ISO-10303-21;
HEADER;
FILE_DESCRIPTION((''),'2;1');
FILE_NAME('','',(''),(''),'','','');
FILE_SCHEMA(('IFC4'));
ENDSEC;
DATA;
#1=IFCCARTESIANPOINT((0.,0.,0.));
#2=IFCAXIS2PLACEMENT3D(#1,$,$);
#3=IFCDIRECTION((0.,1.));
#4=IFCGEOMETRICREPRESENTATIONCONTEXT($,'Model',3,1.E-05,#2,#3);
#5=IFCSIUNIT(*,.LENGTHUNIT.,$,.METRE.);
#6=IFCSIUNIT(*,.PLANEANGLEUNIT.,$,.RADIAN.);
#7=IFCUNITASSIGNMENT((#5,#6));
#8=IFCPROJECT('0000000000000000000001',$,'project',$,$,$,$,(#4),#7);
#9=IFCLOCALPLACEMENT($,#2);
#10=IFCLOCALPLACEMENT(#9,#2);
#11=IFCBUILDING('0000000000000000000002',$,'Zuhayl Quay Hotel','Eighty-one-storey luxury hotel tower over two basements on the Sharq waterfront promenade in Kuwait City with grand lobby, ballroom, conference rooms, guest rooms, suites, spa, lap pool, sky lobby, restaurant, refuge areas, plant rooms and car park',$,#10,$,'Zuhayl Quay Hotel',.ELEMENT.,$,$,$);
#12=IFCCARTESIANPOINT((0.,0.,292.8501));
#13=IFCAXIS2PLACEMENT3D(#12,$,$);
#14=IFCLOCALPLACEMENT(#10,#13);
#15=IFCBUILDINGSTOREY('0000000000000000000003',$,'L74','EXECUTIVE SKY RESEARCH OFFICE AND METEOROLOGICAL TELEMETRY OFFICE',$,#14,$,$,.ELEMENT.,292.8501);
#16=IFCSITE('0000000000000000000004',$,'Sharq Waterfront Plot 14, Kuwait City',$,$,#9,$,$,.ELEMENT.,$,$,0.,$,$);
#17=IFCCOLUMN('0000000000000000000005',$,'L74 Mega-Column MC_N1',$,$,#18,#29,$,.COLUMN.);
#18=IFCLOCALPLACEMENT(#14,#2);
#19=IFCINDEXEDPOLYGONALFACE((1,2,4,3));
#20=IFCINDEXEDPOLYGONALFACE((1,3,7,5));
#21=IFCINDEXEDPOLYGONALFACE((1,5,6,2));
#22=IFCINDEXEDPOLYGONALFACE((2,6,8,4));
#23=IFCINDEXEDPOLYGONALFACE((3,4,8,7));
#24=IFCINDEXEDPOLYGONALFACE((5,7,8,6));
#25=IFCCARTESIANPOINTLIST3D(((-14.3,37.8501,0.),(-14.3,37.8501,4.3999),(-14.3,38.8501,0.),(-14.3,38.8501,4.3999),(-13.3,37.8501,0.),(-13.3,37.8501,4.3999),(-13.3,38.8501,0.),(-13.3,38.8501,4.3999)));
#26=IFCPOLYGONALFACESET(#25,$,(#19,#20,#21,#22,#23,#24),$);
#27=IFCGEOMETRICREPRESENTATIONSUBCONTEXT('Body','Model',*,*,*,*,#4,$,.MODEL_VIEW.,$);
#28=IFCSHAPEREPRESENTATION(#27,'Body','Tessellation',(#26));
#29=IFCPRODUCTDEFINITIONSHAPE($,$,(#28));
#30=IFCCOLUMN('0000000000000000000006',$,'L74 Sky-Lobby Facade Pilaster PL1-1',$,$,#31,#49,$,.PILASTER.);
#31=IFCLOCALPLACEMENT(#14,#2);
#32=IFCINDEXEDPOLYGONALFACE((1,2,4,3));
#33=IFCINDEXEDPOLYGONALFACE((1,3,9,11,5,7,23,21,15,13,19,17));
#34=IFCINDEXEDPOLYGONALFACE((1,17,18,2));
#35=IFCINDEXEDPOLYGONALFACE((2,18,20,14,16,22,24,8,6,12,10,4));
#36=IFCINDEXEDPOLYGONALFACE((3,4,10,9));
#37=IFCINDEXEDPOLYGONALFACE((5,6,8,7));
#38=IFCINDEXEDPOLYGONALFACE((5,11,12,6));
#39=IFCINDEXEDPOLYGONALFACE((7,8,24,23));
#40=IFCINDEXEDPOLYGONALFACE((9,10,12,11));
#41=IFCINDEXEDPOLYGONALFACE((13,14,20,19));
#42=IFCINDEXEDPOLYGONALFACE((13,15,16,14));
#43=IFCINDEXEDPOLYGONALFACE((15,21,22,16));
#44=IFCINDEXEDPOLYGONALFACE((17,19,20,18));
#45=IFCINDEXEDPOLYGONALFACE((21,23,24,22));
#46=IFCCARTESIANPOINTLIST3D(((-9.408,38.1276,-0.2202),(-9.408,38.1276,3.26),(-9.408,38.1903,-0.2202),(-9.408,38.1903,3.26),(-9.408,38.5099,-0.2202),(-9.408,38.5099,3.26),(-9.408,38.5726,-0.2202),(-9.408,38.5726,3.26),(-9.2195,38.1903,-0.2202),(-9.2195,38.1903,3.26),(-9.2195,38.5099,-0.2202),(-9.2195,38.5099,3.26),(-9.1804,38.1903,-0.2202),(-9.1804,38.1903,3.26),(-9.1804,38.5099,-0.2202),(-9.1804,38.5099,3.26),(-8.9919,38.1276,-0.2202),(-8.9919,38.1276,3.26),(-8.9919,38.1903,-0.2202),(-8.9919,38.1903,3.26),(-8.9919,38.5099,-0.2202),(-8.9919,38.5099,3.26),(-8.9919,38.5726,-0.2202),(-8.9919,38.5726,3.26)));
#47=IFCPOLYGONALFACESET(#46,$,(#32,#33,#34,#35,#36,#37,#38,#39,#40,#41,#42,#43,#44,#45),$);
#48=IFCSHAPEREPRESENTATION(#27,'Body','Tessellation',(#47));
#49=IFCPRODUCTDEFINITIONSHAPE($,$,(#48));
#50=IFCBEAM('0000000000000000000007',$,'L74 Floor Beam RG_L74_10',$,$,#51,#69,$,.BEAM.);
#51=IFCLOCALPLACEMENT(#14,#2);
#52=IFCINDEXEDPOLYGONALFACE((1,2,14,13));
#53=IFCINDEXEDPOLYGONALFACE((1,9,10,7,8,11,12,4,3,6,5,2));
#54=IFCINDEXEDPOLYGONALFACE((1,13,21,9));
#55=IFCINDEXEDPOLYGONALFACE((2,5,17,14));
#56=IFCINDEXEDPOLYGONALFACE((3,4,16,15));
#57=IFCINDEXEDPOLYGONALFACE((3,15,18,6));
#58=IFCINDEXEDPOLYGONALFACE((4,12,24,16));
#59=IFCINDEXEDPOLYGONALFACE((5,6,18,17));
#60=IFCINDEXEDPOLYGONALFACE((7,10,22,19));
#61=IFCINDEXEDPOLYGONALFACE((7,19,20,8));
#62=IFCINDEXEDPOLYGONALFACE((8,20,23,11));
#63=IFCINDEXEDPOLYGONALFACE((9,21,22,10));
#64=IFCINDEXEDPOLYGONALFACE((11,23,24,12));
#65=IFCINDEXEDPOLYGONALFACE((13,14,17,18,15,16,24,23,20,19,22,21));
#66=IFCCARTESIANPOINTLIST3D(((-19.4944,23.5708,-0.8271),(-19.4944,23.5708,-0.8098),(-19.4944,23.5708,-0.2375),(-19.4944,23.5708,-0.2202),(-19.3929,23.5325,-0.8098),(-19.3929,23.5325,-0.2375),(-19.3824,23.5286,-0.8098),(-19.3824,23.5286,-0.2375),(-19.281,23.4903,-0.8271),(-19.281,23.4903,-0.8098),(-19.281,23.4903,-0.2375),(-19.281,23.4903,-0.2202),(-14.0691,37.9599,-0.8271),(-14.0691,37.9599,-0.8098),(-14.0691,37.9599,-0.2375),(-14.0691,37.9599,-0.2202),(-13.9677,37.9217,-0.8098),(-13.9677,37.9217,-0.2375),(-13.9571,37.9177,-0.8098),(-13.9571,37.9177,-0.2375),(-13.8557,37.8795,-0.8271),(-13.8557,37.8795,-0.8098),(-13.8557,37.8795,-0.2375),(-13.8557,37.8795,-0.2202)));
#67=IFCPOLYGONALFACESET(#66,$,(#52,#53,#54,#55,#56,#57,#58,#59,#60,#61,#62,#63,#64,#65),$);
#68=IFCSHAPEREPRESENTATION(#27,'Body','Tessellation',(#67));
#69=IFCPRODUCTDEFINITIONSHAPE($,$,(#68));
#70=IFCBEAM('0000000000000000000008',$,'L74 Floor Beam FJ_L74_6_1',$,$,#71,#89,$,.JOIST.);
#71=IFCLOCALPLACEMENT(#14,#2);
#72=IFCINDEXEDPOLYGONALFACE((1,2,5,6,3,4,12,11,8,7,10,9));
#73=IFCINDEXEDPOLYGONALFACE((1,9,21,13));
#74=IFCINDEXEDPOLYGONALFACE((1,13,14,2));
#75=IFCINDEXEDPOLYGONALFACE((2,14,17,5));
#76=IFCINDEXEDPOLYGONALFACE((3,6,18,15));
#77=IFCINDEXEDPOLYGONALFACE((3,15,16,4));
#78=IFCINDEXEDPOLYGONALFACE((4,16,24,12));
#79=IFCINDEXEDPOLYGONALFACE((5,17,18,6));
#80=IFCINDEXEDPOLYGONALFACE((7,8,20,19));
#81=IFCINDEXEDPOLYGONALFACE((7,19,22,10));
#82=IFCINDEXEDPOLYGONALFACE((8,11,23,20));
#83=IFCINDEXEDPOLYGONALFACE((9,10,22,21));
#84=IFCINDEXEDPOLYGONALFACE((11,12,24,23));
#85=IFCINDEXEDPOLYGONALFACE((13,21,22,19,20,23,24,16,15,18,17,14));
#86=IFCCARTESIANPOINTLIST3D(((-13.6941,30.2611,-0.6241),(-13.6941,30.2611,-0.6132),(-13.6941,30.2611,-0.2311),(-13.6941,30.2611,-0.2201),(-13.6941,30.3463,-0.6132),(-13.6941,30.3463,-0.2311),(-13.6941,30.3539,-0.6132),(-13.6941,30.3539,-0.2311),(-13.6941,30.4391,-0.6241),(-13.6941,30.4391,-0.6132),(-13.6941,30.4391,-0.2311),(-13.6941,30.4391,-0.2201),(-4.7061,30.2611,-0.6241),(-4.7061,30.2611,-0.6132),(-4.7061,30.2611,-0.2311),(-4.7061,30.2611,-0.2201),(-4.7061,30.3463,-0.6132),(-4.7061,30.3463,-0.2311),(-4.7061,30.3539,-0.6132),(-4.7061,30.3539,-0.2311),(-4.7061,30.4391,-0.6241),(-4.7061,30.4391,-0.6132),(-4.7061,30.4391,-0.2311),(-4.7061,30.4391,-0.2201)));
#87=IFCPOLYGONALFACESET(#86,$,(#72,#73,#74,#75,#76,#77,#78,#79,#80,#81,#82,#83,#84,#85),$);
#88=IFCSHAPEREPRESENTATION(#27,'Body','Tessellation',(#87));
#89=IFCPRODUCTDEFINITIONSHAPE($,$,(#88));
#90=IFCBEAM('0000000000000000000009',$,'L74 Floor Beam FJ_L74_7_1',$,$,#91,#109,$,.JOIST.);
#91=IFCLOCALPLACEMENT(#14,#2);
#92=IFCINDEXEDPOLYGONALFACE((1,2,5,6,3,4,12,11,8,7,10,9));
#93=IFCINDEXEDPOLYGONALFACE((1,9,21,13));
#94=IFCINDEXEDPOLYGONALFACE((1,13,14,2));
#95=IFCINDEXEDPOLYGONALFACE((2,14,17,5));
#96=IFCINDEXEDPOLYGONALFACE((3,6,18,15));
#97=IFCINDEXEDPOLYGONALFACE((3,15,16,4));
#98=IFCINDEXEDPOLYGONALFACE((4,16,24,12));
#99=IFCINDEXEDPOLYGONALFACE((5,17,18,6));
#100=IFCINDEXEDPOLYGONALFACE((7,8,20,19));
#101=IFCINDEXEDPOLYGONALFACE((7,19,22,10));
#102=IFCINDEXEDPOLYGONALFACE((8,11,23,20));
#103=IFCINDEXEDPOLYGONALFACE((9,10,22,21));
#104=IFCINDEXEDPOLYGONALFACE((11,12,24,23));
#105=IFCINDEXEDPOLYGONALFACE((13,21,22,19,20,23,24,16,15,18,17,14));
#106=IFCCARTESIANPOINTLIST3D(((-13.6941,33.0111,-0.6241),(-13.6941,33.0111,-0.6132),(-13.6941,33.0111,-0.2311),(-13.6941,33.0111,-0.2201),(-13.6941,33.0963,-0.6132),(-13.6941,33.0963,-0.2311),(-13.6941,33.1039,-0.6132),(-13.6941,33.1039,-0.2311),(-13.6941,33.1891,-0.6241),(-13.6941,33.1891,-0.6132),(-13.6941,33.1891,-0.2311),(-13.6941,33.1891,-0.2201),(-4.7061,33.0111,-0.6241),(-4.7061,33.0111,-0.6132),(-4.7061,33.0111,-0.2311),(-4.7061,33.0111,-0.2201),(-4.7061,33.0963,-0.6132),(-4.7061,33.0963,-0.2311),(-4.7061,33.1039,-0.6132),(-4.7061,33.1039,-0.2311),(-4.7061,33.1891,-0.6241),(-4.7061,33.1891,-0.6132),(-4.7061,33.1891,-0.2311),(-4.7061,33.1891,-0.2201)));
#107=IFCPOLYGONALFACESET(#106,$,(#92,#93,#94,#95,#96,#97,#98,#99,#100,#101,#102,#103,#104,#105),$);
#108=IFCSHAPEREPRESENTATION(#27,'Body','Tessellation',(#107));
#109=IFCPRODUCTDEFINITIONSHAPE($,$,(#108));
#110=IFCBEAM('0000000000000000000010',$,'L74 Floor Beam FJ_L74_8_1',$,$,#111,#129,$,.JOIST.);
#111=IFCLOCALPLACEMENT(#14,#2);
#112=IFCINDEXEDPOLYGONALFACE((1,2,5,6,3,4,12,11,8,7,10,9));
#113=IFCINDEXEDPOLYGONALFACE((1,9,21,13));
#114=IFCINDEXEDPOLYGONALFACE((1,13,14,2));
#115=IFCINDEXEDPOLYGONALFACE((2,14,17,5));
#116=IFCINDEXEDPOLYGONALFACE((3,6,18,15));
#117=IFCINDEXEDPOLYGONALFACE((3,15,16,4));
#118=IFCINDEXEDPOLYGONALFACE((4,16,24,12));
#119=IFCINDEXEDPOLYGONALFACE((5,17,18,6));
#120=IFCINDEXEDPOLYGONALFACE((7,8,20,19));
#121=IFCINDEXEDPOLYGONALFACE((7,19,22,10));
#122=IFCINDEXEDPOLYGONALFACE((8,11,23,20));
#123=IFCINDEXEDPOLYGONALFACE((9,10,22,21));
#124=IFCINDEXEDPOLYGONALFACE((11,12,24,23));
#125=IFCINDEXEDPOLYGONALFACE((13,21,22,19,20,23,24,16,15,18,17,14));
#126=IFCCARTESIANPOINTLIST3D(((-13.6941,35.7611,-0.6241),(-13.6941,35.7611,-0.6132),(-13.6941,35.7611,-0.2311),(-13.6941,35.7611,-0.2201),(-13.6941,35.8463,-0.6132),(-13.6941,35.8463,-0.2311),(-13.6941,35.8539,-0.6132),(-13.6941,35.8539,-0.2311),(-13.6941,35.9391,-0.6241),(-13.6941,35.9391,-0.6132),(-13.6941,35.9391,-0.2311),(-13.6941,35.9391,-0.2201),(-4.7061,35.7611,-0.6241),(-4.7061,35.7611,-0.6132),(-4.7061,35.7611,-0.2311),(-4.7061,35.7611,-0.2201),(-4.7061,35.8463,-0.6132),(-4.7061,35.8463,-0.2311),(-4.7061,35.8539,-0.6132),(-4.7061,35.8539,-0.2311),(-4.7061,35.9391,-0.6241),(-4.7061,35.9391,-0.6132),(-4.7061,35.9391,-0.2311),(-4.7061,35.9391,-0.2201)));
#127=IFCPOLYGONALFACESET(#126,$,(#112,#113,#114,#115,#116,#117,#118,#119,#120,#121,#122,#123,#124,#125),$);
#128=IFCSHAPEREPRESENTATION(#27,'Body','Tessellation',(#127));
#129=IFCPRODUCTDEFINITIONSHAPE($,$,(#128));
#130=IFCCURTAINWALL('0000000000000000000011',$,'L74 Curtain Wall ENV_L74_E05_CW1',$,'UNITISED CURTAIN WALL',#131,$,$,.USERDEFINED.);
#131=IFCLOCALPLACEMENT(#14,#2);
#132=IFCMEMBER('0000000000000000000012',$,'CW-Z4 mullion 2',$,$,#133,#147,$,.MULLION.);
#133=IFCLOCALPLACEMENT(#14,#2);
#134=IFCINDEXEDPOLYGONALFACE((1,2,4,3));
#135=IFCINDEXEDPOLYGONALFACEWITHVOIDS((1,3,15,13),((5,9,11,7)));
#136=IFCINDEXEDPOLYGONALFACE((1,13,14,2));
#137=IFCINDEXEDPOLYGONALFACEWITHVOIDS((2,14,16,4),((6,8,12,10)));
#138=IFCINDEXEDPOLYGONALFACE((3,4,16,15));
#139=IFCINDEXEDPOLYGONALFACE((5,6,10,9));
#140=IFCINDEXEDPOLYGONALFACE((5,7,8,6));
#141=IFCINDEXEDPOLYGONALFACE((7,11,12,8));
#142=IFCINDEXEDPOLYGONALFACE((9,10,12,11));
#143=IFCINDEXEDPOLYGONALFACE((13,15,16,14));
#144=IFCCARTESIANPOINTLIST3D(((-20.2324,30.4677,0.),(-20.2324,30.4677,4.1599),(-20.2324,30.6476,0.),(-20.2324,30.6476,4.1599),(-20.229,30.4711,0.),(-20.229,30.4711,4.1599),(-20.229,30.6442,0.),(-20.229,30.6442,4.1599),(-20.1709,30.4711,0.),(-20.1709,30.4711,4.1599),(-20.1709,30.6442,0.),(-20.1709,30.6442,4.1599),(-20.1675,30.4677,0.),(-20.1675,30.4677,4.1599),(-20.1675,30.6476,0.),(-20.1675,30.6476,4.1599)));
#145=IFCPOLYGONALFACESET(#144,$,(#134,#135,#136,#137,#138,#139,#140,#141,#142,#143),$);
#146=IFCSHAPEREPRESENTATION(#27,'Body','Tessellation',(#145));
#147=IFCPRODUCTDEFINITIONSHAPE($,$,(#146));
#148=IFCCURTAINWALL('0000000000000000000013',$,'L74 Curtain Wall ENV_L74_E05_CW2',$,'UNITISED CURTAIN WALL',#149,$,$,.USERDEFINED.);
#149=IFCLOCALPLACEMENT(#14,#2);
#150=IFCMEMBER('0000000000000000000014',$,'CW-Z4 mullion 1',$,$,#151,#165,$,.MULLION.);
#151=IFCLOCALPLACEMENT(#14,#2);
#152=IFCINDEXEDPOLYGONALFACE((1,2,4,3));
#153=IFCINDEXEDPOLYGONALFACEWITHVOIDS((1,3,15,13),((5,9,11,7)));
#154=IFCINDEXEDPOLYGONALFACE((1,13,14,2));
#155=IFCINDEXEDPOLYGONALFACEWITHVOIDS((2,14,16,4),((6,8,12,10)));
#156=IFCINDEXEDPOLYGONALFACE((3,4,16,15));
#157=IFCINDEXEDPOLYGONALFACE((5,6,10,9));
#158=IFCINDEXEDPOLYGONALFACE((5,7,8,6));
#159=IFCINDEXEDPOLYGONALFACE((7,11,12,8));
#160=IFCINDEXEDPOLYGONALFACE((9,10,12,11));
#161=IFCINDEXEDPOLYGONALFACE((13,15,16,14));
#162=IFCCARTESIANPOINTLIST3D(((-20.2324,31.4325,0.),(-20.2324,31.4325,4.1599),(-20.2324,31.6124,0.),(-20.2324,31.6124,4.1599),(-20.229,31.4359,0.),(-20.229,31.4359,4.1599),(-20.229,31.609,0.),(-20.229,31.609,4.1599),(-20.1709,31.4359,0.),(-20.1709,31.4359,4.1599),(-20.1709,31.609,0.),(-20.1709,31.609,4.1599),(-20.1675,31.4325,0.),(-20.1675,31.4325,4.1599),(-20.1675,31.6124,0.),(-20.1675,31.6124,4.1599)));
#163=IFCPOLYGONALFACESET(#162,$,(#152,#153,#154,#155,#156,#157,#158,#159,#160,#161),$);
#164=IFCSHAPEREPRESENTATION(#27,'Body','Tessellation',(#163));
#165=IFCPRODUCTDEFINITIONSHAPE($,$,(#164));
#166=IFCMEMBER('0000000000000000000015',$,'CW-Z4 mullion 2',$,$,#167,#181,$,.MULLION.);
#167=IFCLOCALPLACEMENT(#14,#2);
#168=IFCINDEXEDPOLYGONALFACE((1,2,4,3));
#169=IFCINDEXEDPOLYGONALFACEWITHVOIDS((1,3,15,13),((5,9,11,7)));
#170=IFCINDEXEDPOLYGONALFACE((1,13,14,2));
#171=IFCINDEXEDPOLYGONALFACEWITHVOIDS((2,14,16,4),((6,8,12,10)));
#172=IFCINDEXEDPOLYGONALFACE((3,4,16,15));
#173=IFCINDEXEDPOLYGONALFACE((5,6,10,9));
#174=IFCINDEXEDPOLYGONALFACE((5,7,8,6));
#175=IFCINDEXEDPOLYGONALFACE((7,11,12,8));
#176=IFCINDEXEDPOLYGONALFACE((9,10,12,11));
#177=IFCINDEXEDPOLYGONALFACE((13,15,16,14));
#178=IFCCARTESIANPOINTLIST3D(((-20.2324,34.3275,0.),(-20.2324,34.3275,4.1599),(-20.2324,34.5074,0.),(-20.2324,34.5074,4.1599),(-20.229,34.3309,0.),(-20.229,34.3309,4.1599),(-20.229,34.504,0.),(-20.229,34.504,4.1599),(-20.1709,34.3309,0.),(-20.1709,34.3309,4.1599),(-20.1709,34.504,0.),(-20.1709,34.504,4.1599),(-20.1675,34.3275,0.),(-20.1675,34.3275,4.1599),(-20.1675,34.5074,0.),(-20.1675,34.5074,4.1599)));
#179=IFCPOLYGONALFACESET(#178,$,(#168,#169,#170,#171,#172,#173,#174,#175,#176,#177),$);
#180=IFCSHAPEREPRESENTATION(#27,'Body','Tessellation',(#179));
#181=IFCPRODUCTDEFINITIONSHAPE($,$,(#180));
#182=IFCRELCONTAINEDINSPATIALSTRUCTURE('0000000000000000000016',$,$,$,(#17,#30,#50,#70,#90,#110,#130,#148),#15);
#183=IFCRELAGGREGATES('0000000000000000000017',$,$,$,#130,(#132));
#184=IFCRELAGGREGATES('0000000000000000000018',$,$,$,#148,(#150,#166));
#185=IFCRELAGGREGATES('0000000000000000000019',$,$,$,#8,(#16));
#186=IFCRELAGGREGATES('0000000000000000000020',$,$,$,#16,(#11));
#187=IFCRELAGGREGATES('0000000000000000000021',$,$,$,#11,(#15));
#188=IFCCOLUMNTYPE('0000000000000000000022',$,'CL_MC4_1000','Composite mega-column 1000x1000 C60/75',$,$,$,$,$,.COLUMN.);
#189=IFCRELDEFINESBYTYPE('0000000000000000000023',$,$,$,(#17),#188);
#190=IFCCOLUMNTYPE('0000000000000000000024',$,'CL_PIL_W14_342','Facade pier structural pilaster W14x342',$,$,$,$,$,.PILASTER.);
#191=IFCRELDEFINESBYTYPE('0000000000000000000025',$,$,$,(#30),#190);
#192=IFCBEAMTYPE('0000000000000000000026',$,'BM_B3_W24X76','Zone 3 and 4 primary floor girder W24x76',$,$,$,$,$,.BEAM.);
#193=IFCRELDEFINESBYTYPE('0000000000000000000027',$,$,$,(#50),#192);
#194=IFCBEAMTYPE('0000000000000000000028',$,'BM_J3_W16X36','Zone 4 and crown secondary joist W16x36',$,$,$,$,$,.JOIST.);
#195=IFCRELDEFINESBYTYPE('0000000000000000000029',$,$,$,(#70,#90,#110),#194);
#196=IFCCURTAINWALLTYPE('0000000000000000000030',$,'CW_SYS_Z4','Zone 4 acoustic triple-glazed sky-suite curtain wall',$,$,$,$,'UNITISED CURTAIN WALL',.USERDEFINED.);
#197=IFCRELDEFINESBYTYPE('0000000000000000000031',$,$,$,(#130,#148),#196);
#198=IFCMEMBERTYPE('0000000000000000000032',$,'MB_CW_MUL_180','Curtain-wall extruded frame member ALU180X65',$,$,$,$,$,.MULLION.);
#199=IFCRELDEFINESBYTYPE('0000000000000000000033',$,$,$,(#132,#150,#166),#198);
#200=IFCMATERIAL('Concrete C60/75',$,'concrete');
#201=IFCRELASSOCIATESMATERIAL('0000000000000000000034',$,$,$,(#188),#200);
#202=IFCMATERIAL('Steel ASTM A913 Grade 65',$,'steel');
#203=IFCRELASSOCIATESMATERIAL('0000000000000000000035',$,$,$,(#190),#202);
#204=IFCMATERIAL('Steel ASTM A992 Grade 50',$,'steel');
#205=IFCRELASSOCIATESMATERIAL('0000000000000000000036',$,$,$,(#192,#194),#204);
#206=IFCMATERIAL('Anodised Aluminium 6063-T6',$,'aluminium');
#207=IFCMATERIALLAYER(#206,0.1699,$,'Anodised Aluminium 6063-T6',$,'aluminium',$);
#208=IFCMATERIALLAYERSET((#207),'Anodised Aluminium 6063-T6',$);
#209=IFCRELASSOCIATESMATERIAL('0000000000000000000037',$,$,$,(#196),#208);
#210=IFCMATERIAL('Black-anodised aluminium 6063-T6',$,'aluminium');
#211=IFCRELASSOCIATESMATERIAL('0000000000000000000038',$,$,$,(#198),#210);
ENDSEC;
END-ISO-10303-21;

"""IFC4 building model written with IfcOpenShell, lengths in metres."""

from ifc_helpers import new_model, si_unit, direction, frame, origin, origin_2d, place, context, subcontext, project, spatial, rectangle, hollow_rectangle, i_section, extrude, material, layer, layer_set, material_profile, profile_set, type_object, element, aggregate, save


model = new_model("IFC4")

# Units and contexts
model_context = context("Model", 3, precision=1e-05, world=origin(), true_north=direction((0.0, 1.0)))
body_context = subcontext(model_context, "Body", "Model", "MODEL_VIEW")
ifc_project = project(units=[si_unit("LENGTHUNIT", "METRE"), si_unit("PLANEANGLEUNIT", "RADIAN")], contexts=[model_context])

# Site, building, storey
site_placement = place(None, origin())
site = spatial("IfcSite", under=ifc_project, at=site_placement, Name="Sharq Waterfront Plot 14, Kuwait City", CompositionType="ELEMENT", RefElevation=0.0)
building_placement = place(site_placement, origin())
building = spatial("IfcBuilding", under=site, at=building_placement, Name="Zuhayl Quay Hotel", Description="Eighty-one-storey luxury hotel tower over two basements on the Sharq waterfront promenade in Kuwait City with grand lobby, ballroom, conference rooms, guest rooms, suites, spa, lap pool, sky lobby, restaurant, refuge areas, plant rooms and car park", LongName="Zuhayl Quay Hotel", CompositionType="ELEMENT")
storey_placement = place(building_placement, frame((0.0, 0.0, 292.8501)))
storey = spatial("IfcBuildingStorey", under=building, at=storey_placement, Name="L74", Description="EXECUTIVE SKY RESEARCH OFFICE AND METEOROLOGICAL TELEMETRY OFFICE", CompositionType="ELEMENT", Elevation=292.8501)

# Columns
ifc_material_1 = material(Name="Concrete C60/75", Category="concrete")
ifc_material_profile_1 = material_profile(ifc_material_1, rectangle(XDim=1.0, YDim=1.0, at=origin_2d()), Name="RC1000X1000")
ifc_profile_set_1 = profile_set([ifc_material_profile_1], Name="Concrete C60/75")
column_type_1 = type_object("IfcColumnType", Name="CL_MC4_1000", Description="Composite mega-column 1000x1000 C60/75", PredefinedType="COLUMN", material=ifc_profile_set_1)
column_1_placement = place(storey_placement, frame((-13.8, 38.3501, 0.0), z_axis=(0.0, 0.0, 1.0), x_axis=(1.0, 0.0, 0.0)))
element("IfcColumn", 1, at=column_1_placement, inside=storey, type_object=column_type_1, Name="L74 Mega-Column MC_N1", PredefinedType="COLUMN", context=body_context, shape_type="SweptSolid", body=[
    extrude(rectangle(XDim=1.0, YDim=1.0, at=origin_2d()), origin(), (0.0, 0.0, 1.0), 4.3999),
])
ifc_material_2 = material(Name="Steel ASTM A913 Grade 65", Category="steel")
ifc_material_profile_2 = material_profile(ifc_material_2, i_section(OverallWidth=0.416, OverallDepth=0.4451, WebThickness=0.0391, FlangeThickness=0.0627, at=origin_2d()), Name="W14X342")
ifc_profile_set_2 = profile_set([ifc_material_profile_2], Name="Steel ASTM A913 Grade 65")
column_type_2 = type_object("IfcColumnType", Name="CL_PIL_W14_342", Description="Facade pier structural pilaster W14x342", PredefinedType="PILASTER", material=ifc_profile_set_2)
column_2_placement = place(storey_placement, frame((-9.2, 38.3501, -0.2202), z_axis=(0.0, 0.0, 1.0), x_axis=(1.0, 0.0, 0.0)))
element("IfcColumn", 2, at=column_2_placement, inside=storey, type_object=column_type_2, Name="L74 Sky-Lobby Facade Pilaster PL1-1", PredefinedType="PILASTER", context=body_context, shape_type="SweptSolid", body=[
    extrude(i_section(OverallWidth=0.416, OverallDepth=0.4451, WebThickness=0.0391, FlangeThickness=0.0627, at=origin_2d()), origin(), (0.0, 0.0, 1.0), 3.4802),
])

# Beams
ifc_material_3 = material(Name="Steel ASTM A992 Grade 50", Category="steel")
ifc_material_profile_3 = material_profile(ifc_material_3, i_section(OverallWidth=0.228, OverallDepth=0.6069, WebThickness=0.0112, FlangeThickness=0.0173, at=origin_2d()), Name="W24X76")
ifc_profile_set_3 = profile_set([ifc_material_profile_3], Name="Steel ASTM A992 Grade 50")
beam_type_1 = type_object("IfcBeamType", Name="BM_B3_W24X76", Description="Zone 3 and 4 primary floor girder W24x76", PredefinedType="BEAM", material=ifc_profile_set_3)
beam_placement = place(storey_placement, frame((-13.9624, 37.9197, -0.5237), z_axis=(-0.352797, -0.9357, 0.0), x_axis=(0.9357, -0.352797, 0.0)))
element("IfcBeam", 3, at=beam_placement, inside=storey, type_object=beam_type_1, Name="L74 Floor Beam RG_L74_10", PredefinedType="BEAM", context=body_context, shape_type="SweptSolid", body=[
    extrude(i_section(OverallWidth=0.228, OverallDepth=0.6069, WebThickness=0.0112, FlangeThickness=0.0173, at=origin_2d()), origin(), (0.0, 0.0, 1.0), 15.3779),
])
ifc_material_profile_4 = material_profile(ifc_material_3, i_section(OverallWidth=0.178, OverallDepth=0.4041, WebThickness=0.0076, FlangeThickness=0.011, at=origin_2d()), Name="W16X36")
ifc_profile_set_4 = profile_set([ifc_material_profile_4], Name="Steel ASTM A992 Grade 50")
beam_type_2 = type_object("IfcBeamType", Name="BM_J3_W16X36", Description="Zone 4 and crown secondary joist W16x36", PredefinedType="JOIST", material=ifc_profile_set_4)
for number, where, z_axis, x_axis, name in (
    (4, (-13.6941, 30.3501, -0.4221), (1.0, 0.0, 0.0), (0.0, 1.0, 0.0), "L74 Floor Beam FJ_L74_6_1"),
    (5, (-13.6941, 33.1001, -0.4221), (1.0, 0.0, 0.0), (0.0, 1.0, 0.0), "L74 Floor Beam FJ_L74_7_1"),
    (6, (-13.6941, 35.8501, -0.4221), (1.0, 0.0, 0.0), (0.0, 1.0, 0.0), "L74 Floor Beam FJ_L74_8_1"),
):
    element("IfcBeam", number, at=place(storey_placement, frame(where, z_axis=z_axis, x_axis=x_axis)), inside=storey, type_object=beam_type_2, Name=name, PredefinedType="JOIST", context=body_context, shape_type="SweptSolid", body=[
        extrude(i_section(OverallWidth=0.178, OverallDepth=0.4041, WebThickness=0.0076, FlangeThickness=0.011, at=origin_2d()), origin(), (0.0, 0.0, 1.0), 8.988),
    ])

# Curtain wall, member
ifc_material_4 = material(Name="Anodised Aluminium 6063-T6", Category="aluminium")
ifc_layer_1 = layer(ifc_material_4, 0.1699, Name="Anodised Aluminium 6063-T6", Category="aluminium")
ifc_layer_set_1 = layer_set([ifc_layer_1], Name="Anodised Aluminium 6063-T6")
curtain_wall_type = type_object("IfcCurtainWallType", Name="CW_SYS_Z4", Description="Zone 4 acoustic triple-glazed sky-suite curtain wall", ElementType="UNITISED CURTAIN WALL", PredefinedType="USERDEFINED", material=ifc_layer_set_1)
curtain_wall_1_placement = place(storey_placement, origin())
curtain_wall_1 = element("IfcCurtainWall", 7, at=curtain_wall_1_placement, inside=storey, type_object=curtain_wall_type, Name="L74 Curtain Wall ENV_L74_E05_CW1", ObjectType="UNITISED CURTAIN WALL", PredefinedType="USERDEFINED")
ifc_material_5 = material(Name="Black-anodised aluminium 6063-T6", Category="aluminium")
ifc_material_profile_5 = material_profile(ifc_material_5, hollow_rectangle(XDim=0.0649, YDim=0.1799, WallThickness=0.0034, at=origin_2d()), Name="ALU180X65")
ifc_profile_set_5 = profile_set([ifc_material_profile_5], Name="Black-anodised aluminium 6063-T6")
member_type_1 = type_object("IfcMemberType", Name="MB_CW_MUL_180", Description="Curtain-wall extruded frame member ALU180X65", PredefinedType="MULLION", material=ifc_profile_set_5)
member_1_placement = place(storey_placement, frame((-20.2, 30.5576, 0.0), z_axis=(0.0, 0.0, 1.0), x_axis=(-1.0, 0.0, 0.0)))
member_1 = element("IfcMember", 8, at=member_1_placement, type_object=member_type_1, Name="CW-Z4 mullion 2", PredefinedType="MULLION", context=body_context, shape_type="SweptSolid", body=[
    extrude(hollow_rectangle(XDim=0.0649, YDim=0.1799, WallThickness=0.0034, at=origin_2d()), origin(), (0.0, 0.0, 1.0), 4.1599),
])
aggregate(curtain_wall_1, [member_1])

# Curtain wall, members
curtain_wall_2_placement = place(storey_placement, origin())
curtain_wall_2 = element("IfcCurtainWall", 9, at=curtain_wall_2_placement, inside=storey, type_object=curtain_wall_type, Name="L74 Curtain Wall ENV_L74_E05_CW2", ObjectType="UNITISED CURTAIN WALL", PredefinedType="USERDEFINED")
member_2_placement = place(storey_placement, frame((-20.2, 31.5225, 0.0), z_axis=(0.0, 0.0, 1.0), x_axis=(-1.0, 0.0, 0.0)))
member_2 = element("IfcMember", 10, at=member_2_placement, type_object=member_type_1, Name="CW-Z4 mullion 1", PredefinedType="MULLION", context=body_context, shape_type="SweptSolid", body=[
    extrude(hollow_rectangle(XDim=0.0649, YDim=0.1799, WallThickness=0.0034, at=origin_2d()), origin(), (0.0, 0.0, 1.0), 4.1599),
])
member_3_placement = place(storey_placement, frame((-20.2, 34.4175, 0.0), z_axis=(0.0, 0.0, 1.0), x_axis=(-1.0, 0.0, 0.0)))
member_3 = element("IfcMember", 11, at=member_3_placement, type_object=member_type_1, Name="CW-Z4 mullion 2", PredefinedType="MULLION", context=body_context, shape_type="SweptSolid", body=[
    extrude(hollow_rectangle(XDim=0.0649, YDim=0.1799, WallThickness=0.0034, at=origin_2d()), origin(), (0.0, 0.0, 1.0), 4.1599),
])
aggregate(curtain_wall_2, [member_2, member_3])

save(model, "model.ifc")
